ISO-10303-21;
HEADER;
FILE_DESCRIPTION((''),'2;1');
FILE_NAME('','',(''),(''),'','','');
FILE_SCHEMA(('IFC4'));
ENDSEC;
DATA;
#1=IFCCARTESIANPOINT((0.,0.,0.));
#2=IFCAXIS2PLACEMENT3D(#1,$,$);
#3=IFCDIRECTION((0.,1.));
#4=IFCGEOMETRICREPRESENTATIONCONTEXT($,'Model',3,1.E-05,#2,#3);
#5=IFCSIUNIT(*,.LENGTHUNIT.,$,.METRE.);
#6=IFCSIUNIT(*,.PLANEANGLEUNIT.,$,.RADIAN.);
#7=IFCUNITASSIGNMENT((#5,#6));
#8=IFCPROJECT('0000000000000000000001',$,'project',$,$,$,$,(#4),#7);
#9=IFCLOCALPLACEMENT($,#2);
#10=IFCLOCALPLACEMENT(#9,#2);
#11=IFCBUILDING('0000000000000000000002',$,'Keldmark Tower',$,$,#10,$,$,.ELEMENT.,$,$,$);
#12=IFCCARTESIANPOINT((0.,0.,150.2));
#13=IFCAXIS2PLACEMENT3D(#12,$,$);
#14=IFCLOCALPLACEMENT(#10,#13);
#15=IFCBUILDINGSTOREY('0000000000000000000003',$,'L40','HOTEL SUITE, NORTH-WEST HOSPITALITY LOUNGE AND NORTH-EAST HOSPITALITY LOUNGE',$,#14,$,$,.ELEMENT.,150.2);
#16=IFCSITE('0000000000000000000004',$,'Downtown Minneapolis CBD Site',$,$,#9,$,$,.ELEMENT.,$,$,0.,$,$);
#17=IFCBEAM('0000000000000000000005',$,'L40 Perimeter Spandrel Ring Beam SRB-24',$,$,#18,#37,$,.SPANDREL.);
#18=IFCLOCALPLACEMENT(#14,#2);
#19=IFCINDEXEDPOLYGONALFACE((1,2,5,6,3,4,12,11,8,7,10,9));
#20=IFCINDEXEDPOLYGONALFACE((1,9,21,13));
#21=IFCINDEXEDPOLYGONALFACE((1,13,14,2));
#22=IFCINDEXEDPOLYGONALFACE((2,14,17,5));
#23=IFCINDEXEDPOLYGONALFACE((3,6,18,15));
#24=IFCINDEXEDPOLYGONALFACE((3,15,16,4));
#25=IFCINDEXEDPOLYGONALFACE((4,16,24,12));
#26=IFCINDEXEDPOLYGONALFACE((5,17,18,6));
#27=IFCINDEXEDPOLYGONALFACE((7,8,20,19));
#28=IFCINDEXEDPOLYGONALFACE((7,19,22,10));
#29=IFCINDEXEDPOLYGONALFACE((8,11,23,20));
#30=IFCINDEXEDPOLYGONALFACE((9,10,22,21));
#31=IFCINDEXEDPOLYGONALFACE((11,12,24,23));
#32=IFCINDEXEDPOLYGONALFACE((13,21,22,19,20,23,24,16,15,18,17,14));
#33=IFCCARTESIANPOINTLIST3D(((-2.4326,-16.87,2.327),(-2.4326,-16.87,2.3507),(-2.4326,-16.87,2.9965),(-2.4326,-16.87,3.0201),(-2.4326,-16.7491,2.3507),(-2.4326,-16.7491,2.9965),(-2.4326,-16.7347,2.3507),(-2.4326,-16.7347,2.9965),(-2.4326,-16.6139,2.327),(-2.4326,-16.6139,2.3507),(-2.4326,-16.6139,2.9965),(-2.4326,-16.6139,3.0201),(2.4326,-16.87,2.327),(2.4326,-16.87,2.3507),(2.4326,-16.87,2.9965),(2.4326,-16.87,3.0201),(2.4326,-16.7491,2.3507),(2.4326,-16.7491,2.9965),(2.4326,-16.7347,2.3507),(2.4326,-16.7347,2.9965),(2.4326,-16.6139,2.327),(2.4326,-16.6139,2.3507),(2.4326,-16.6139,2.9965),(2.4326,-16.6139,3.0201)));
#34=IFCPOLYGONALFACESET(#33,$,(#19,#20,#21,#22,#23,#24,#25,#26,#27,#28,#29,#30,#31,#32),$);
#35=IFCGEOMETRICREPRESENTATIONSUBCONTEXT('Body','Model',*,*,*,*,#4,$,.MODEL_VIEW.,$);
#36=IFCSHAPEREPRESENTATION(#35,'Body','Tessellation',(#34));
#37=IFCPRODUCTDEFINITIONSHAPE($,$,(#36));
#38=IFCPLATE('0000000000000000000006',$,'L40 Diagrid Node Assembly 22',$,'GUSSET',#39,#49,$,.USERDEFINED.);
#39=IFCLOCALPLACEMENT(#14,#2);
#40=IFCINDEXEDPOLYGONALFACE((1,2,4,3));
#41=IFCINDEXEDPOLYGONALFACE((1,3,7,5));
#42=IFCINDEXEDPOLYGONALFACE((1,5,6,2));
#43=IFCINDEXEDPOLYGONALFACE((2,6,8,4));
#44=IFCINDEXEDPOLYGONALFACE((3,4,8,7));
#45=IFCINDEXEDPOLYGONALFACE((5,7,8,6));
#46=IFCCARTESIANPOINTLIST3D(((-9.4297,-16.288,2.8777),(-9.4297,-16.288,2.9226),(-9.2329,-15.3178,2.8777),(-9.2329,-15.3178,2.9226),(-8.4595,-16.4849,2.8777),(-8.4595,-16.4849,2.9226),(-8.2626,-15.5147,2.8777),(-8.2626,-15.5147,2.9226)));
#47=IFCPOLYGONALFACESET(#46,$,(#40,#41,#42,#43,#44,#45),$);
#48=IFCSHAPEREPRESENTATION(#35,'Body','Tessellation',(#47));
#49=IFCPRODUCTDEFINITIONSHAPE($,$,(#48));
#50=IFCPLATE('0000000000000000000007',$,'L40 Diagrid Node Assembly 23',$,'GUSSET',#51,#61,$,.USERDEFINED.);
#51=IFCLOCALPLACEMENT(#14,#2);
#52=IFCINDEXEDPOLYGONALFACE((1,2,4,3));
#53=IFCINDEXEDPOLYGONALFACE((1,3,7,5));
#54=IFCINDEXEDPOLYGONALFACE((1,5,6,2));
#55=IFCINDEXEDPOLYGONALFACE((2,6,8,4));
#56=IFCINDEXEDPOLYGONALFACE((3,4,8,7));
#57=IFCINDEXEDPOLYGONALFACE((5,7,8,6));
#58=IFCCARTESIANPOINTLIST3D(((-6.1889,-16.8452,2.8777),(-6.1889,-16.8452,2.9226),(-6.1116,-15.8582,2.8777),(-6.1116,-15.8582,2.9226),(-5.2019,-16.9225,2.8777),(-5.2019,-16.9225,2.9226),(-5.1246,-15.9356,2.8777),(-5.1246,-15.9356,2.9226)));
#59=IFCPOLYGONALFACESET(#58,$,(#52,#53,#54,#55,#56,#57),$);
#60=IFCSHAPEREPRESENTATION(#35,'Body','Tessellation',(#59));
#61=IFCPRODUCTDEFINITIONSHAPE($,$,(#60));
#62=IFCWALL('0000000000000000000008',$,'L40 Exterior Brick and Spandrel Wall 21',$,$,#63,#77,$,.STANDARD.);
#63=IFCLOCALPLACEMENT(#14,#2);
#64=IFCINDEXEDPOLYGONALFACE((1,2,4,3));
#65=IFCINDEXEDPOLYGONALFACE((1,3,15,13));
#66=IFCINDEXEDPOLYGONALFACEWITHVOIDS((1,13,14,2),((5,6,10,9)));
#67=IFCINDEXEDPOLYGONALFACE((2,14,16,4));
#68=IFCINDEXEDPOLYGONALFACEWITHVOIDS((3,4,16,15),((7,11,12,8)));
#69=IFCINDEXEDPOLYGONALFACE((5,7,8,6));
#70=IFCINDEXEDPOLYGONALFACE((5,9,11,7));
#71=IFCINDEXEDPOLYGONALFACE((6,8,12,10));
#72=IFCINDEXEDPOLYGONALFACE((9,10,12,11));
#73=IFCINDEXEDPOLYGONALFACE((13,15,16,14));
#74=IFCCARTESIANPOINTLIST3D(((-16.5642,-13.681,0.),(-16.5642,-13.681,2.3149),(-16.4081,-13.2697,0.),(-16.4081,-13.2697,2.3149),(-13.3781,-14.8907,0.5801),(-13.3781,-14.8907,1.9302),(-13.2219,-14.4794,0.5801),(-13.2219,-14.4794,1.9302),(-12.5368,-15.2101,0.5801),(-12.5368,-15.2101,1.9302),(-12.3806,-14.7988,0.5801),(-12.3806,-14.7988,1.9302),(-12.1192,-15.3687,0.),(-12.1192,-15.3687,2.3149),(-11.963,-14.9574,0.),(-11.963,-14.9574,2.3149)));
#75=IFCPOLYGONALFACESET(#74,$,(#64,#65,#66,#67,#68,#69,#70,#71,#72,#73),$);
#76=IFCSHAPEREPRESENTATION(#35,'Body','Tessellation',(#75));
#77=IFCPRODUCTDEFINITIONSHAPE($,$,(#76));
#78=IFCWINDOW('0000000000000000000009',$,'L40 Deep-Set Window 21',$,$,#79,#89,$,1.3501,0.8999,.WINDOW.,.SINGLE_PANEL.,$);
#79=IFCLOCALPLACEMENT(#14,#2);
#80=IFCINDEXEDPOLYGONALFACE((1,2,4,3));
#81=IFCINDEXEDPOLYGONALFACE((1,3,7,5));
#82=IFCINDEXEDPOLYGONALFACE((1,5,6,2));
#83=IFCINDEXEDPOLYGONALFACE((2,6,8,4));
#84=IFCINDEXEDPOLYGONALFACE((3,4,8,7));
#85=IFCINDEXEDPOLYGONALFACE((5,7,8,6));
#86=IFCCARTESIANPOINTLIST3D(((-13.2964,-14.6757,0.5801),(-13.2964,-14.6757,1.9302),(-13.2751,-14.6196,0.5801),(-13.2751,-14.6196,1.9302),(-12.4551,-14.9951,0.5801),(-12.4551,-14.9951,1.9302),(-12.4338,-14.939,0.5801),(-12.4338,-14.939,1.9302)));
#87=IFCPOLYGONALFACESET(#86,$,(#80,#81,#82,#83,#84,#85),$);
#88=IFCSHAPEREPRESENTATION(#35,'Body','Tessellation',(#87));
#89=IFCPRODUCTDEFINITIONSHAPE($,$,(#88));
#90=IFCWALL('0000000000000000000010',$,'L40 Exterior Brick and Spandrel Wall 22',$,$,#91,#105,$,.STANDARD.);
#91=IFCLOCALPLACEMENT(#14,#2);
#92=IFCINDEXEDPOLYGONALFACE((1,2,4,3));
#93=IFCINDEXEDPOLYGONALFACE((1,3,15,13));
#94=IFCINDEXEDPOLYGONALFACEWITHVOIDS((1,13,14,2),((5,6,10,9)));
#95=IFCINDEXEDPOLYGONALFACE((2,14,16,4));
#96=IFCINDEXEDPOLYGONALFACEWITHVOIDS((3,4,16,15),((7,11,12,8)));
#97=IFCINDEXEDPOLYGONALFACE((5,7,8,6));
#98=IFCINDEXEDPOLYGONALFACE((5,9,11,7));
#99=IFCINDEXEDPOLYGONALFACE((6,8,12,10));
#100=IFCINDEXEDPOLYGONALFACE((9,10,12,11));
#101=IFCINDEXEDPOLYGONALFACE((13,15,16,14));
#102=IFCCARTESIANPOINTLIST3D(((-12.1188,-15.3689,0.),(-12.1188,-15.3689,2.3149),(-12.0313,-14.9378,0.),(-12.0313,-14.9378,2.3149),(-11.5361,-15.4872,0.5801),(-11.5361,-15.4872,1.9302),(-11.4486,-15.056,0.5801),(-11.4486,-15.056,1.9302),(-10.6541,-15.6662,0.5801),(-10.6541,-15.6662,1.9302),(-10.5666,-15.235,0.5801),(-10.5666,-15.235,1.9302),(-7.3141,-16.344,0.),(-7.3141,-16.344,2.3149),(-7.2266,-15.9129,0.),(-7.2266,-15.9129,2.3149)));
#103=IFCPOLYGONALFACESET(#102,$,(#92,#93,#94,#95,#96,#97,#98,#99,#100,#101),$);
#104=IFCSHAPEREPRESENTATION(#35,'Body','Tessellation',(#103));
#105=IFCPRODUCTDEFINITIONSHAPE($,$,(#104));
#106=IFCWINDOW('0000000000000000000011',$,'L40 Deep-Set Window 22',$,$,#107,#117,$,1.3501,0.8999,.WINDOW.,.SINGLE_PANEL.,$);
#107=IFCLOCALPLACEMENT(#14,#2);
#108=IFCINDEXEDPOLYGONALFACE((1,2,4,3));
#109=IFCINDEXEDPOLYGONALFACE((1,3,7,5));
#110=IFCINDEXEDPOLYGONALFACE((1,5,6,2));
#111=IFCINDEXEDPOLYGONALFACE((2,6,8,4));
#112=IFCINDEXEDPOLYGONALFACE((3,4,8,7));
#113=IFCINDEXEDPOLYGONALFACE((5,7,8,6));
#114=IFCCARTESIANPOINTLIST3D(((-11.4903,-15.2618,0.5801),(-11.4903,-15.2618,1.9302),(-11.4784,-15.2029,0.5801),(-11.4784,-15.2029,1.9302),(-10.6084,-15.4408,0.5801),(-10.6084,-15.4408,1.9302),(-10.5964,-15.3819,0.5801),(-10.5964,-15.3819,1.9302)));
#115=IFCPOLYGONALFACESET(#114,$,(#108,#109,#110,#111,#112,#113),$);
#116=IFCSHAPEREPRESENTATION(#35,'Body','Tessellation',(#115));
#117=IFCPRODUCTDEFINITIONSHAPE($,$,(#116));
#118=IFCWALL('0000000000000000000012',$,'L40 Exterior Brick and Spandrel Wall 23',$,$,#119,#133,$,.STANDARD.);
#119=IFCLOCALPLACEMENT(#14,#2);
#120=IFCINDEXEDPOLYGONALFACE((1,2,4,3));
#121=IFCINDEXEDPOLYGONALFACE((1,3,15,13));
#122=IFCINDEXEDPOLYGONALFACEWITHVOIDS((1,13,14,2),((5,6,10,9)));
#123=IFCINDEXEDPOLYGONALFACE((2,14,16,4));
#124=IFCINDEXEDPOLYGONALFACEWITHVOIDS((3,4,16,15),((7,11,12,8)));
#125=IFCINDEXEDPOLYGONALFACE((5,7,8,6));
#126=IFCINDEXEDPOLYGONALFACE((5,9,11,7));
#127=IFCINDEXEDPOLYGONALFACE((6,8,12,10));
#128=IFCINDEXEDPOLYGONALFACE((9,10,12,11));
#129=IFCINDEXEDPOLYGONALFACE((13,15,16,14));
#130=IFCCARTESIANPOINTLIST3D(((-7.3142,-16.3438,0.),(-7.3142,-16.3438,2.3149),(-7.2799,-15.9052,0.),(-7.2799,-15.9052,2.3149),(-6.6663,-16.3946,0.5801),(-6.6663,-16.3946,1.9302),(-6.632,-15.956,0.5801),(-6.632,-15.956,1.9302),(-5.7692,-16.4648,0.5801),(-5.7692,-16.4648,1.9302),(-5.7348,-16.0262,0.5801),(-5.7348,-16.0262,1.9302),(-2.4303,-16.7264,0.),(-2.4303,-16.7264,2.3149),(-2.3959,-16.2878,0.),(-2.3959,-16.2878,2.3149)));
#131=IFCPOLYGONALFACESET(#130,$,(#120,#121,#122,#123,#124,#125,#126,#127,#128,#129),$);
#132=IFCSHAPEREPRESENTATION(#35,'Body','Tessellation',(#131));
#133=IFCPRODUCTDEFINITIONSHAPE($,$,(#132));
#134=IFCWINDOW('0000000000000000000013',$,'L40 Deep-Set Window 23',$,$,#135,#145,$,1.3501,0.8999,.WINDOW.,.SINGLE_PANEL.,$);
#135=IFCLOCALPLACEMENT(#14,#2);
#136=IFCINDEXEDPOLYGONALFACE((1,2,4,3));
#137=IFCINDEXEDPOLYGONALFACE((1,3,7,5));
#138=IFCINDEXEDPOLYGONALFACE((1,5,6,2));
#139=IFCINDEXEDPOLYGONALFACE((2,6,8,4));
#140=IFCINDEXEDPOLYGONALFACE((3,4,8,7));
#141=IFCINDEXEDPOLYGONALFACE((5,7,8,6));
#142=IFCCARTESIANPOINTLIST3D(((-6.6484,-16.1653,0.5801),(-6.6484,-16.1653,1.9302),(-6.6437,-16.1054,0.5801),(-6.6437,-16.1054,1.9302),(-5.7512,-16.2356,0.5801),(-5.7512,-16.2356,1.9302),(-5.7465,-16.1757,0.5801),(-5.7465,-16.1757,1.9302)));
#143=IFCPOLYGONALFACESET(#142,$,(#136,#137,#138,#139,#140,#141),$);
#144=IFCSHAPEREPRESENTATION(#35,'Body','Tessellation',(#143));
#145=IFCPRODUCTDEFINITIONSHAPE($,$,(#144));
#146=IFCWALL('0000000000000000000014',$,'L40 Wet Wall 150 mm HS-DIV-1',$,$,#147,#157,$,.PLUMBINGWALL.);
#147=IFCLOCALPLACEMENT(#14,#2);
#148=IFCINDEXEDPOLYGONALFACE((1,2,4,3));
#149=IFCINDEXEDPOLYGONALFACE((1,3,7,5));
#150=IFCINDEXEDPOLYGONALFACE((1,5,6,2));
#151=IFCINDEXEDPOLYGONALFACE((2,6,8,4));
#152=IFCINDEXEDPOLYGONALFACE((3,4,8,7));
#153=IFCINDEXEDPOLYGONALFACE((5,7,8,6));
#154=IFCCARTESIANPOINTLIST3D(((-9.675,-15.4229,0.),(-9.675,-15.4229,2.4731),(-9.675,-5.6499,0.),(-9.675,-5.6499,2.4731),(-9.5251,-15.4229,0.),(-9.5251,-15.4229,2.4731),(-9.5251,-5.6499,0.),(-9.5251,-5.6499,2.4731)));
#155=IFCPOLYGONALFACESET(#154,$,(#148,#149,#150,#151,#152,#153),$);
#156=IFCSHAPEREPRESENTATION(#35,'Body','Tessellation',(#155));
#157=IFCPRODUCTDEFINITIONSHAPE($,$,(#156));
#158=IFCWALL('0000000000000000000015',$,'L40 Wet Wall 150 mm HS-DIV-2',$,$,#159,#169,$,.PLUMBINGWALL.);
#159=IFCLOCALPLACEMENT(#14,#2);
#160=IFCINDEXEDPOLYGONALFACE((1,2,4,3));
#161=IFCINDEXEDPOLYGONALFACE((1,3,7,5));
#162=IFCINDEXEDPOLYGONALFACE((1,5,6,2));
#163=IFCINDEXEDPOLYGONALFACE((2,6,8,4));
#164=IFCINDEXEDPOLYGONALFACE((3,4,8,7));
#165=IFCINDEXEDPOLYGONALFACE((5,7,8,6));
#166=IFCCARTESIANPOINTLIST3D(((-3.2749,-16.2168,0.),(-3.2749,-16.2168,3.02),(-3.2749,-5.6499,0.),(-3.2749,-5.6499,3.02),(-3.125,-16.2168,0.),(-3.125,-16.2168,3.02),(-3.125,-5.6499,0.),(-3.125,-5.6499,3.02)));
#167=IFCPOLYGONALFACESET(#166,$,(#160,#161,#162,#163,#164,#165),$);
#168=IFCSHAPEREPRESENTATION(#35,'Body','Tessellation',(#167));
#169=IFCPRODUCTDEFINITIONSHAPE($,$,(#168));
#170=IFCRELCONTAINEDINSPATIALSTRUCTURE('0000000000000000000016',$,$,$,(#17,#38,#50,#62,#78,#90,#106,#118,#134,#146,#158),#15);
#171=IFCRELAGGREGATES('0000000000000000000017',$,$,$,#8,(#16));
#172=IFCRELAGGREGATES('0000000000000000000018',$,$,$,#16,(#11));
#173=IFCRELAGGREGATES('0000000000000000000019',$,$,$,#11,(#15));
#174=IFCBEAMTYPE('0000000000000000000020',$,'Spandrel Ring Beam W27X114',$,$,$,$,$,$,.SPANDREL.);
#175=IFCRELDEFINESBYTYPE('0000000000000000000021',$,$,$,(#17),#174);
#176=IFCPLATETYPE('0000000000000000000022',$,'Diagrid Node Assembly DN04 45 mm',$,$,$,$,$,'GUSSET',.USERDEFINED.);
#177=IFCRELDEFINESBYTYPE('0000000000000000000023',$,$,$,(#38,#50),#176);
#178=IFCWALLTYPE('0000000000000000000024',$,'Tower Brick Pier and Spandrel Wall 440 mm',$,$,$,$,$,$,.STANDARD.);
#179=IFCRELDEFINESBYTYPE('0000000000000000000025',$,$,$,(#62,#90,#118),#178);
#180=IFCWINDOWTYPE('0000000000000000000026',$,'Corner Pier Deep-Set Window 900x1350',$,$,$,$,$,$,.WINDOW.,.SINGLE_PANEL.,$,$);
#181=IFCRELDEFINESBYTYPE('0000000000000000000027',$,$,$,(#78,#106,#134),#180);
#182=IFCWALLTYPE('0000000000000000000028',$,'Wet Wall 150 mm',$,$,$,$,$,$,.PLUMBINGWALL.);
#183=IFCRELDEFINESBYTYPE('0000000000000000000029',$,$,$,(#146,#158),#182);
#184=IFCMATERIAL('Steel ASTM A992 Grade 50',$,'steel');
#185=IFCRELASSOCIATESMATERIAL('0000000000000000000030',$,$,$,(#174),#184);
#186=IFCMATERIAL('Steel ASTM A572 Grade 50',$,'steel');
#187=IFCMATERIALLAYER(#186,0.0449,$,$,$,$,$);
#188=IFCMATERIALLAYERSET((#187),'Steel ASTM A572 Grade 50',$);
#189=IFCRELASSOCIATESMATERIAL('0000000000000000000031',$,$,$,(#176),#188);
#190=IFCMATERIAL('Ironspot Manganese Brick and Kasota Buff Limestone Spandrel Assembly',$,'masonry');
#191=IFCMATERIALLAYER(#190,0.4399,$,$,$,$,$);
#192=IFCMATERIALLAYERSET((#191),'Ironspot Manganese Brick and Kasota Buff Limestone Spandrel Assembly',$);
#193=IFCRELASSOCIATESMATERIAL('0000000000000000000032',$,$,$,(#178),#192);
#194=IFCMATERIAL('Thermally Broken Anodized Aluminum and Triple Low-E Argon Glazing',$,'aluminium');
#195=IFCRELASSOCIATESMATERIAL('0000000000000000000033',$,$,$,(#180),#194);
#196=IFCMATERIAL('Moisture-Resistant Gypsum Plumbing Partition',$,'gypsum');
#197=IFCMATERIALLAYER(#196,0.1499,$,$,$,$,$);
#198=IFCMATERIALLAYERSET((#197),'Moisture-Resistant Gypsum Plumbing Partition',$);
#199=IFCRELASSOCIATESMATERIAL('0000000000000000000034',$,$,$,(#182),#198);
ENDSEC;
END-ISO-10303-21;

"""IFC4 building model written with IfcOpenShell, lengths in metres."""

from ifc_helpers import new_model, si_unit, direction, frame, frame_2d, origin, origin_2d, place, context, subcontext, project, spatial, rectangle, i_section, extrude, material, layer, layer_set, material_profile, profile_set, type_object, element, fill, save


model = new_model("IFC4")

# Units and contexts
model_context = context("Model", 3, precision=1e-05, world=origin(), true_north=direction((0.0, 1.0)))
body_context = subcontext(model_context, "Body", "Model", "MODEL_VIEW")
ifc_project = project(units=[si_unit("LENGTHUNIT", "METRE"), si_unit("PLANEANGLEUNIT", "RADIAN")], contexts=[model_context])

# Site, building, storey
site_placement = place(None, origin())
site = spatial("IfcSite", under=ifc_project, at=site_placement, Name="Downtown Minneapolis CBD Site", CompositionType="ELEMENT", RefElevation=0.0)
building_placement = place(site_placement, origin())
building = spatial("IfcBuilding", under=site, at=building_placement, Name="Keldmark Tower", CompositionType="ELEMENT")
storey_placement = place(building_placement, frame((0.0, 0.0, 150.2)))
storey = spatial("IfcBuildingStorey", under=building, at=storey_placement, Name="L40", Description="HOTEL SUITE, NORTH-WEST HOSPITALITY LOUNGE AND NORTH-EAST HOSPITALITY LOUNGE", CompositionType="ELEMENT", Elevation=150.2)

# Beam
ifc_material_1 = material(Name="Steel ASTM A992 Grade 50", Category="steel")
ifc_material_profile_1 = material_profile(ifc_material_1, i_section(OverallWidth=0.2561, OverallDepth=0.6931, WebThickness=0.0144, FlangeThickness=0.0237, at=origin_2d()), Name="W27X114")
ifc_profile_set_1 = profile_set([ifc_material_profile_1], Name="Steel ASTM A992 Grade 50")
beam_type_1 = type_object("IfcBeamType", Name="Spandrel Ring Beam W27X114", PredefinedType="SPANDREL", material=ifc_profile_set_1)
beam_1_placement = place(storey_placement, frame((-2.4326, -16.7419, 2.6736), z_axis=(1.0, 0.0, 0.0), x_axis=(0.0, 1.0, 0.0)))
element("IfcBeam", 1, at=beam_1_placement, inside=storey, type_object=beam_type_1, Name="L40 Perimeter Spandrel Ring Beam SRB-24", PredefinedType="SPANDREL", context=body_context, shape_type="SweptSolid", body=[
    extrude(i_section(OverallWidth=0.2561, OverallDepth=0.6931, WebThickness=0.0144, FlangeThickness=0.0237, at=origin_2d()), origin(), (0.0, 0.0, 1.0), 4.8652),
])

# Plates
ifc_material_2 = material(Name="Steel ASTM A572 Grade 50", Category="steel")
ifc_layer_1 = layer(ifc_material_2, 0.0449)
ifc_layer_set_1 = layer_set([ifc_layer_1], Name="Steel ASTM A572 Grade 50")
plate_type = type_object("IfcPlateType", Name="Diagrid Node Assembly DN04 45 mm", ElementType="GUSSET", PredefinedType="USERDEFINED", material=ifc_layer_set_1)
for number, where, z_axis, x_axis, name in (
    (2, (-8.8462, -15.9014, 2.8777), (0.0, 0.0, 1.0), (0.980029, -0.198855, 0.0), "L40 Diagrid Node Assembly 22"),
    (3, (-5.6567, -16.3904, 2.8777), (0.0, 0.0, 1.0), (0.996945, -0.078111, 0.0), "L40 Diagrid Node Assembly 23"),
):
    element("IfcPlate", number, at=place(storey_placement, frame(where, z_axis=z_axis, x_axis=x_axis)), inside=storey, type_object=plate_type, Name=name, ObjectType="GUSSET", PredefinedType="USERDEFINED", context=body_context, shape_type="SweptSolid", body=[
        extrude(rectangle(XDim=0.99, YDim=0.99, at=origin_2d()), origin(), (0.0, 0.0, 1.0), 0.0449),
    ])

# Walls, openings, windows
ifc_material_3 = material(Name="Ironspot Manganese Brick and Kasota Buff Limestone Spandrel Assembly", Category="masonry")
ifc_layer_2 = layer(ifc_material_3, 0.4399)
ifc_layer_set_2 = layer_set([ifc_layer_2], Name="Ironspot Manganese Brick and Kasota Buff Limestone Spandrel Assembly")
wall_type_1 = type_object("IfcWallType", Name="Tower Brick Pier and Spandrel Wall 440 mm", PredefinedType="STANDARD", material=ifc_layer_set_2)
wall_1_placement = place(storey_placement, frame((-12.041, -15.1631, 0.0), z_axis=(0.0, 0.0, 1.0), x_axis=(-0.93488, 0.354964, 0.0)))
wall_1 = element("IfcWall", 4, at=wall_1_placement, inside=storey, type_object=wall_type_1, Name="L40 Exterior Brick and Spandrel Wall 21", PredefinedType="STANDARD", context=body_context, shape_type="SweptSolid", body=[
    extrude(rectangle(XDim=4.7546, YDim=0.4399, at=frame_2d((2.3774, 0.0))), origin(), (0.0, 0.0, 1.0), 2.3149),
])
opening_1_placement = place(wall_1_placement, frame((0.4468, 0.0, 0.5801)))
opening_1 = element("IfcOpeningElement", 5, at=opening_1_placement, cuts=wall_1, PredefinedType="OPENING", context=body_context, shape_type="SweptSolid", body=[
    extrude(rectangle(XDim=0.8999, YDim=1.3501, at=frame_2d((0.45, 0.675))), frame((0.0, 0.23, 0.0), z_axis=(0.0, -1.0, 0.0), x_axis=(1.0, 0.0, 0.0)), (0.0, 0.0, 1.0), 0.46),
])
ifc_material_4 = material(Name="Thermally Broken Anodized Aluminum and Triple Low-E Argon Glazing", Category="aluminium")
window_type = type_object("IfcWindowType", Name="Corner Pier Deep-Set Window 900x1350", PartitioningType="SINGLE_PANEL", PredefinedType="WINDOW", material=ifc_material_4)
window_1_placement = place(opening_1_placement, origin())
window_1 = element("IfcWindow", 6, at=window_1_placement, inside=storey, type_object=window_type, Name="L40 Deep-Set Window 21", OverallHeight=1.3501, OverallWidth=0.8999, PartitioningType="SINGLE_PANEL", PredefinedType="WINDOW", context=body_context, shape_type="SweptSolid", body=[
    extrude(rectangle(XDim=0.8999, YDim=1.3501, at=frame_2d((0.45, 0.675))), frame((0.0, -0.01, 0.0), z_axis=(0.0, -1.0, 0.0), x_axis=(1.0, 0.0, 0.0)), (0.0, 0.0, 1.0), 0.0601),
])
fill(opening_1, window_1)
wall_2_placement = place(storey_placement, frame((-7.2705, -16.1284, 0.0), z_axis=(0.0, 0.0, 1.0), x_axis=(-0.980021, 0.198893, 0.0)))
wall_2 = element("IfcWall", 7, at=wall_2_placement, inside=storey, type_object=wall_type_1, Name="L40 Exterior Brick and Spandrel Wall 22", PredefinedType="STANDARD", context=body_context, shape_type="SweptSolid", body=[
    extrude(rectangle(XDim=4.9026, YDim=0.4399, at=frame_2d((2.4512, 0.0))), origin(), (0.0, 0.0, 1.0), 2.3149),
])
opening_2_placement = place(wall_2_placement, frame((3.408, 0.0, 0.5801)))
opening_2 = element("IfcOpeningElement", 8, at=opening_2_placement, cuts=wall_2, PredefinedType="OPENING", context=body_context, shape_type="SweptSolid", body=[
    extrude(rectangle(XDim=0.8999, YDim=1.3501, at=frame_2d((0.45, 0.675))), frame((0.0, 0.23, 0.0), z_axis=(0.0, -1.0, 0.0), x_axis=(1.0, 0.0, 0.0)), (0.0, 0.0, 1.0), 0.46),
])
window_2_placement = place(opening_2_placement, origin())
window_2 = element("IfcWindow", 9, at=window_2_placement, inside=storey, type_object=window_type, Name="L40 Deep-Set Window 22", OverallHeight=1.3501, OverallWidth=0.8999, PartitioningType="SINGLE_PANEL", PredefinedType="WINDOW", context=body_context, shape_type="SweptSolid", body=[
    extrude(rectangle(XDim=0.8999, YDim=1.3501, at=frame_2d((0.45, 0.675))), frame((0.0, -0.01, 0.0), z_axis=(0.0, -1.0, 0.0), x_axis=(1.0, 0.0, 0.0)), (0.0, 0.0, 1.0), 0.0601),
])
fill(opening_2, window_2)
wall_3_placement = place(storey_placement, frame((-2.4131, -16.5071, 0.0), z_axis=(0.0, 0.0, 1.0), x_axis=(-0.996946, 0.078091, 0.0)))
wall_3 = element("IfcWall", 10, at=wall_3_placement, inside=storey, type_object=wall_type_1, Name="L40 Exterior Brick and Spandrel Wall 23", PredefinedType="STANDARD", context=body_context, shape_type="SweptSolid", body=[
    extrude(rectangle(XDim=4.8989, YDim=0.4399, at=frame_2d((2.4495, 0.0))), origin(), (0.0, 0.0, 1.0), 2.3149),
])
opening_3_placement = place(wall_3_placement, frame((3.3491, 0.0, 0.5801)))
opening_3 = element("IfcOpeningElement", 11, at=opening_3_placement, cuts=wall_3, PredefinedType="OPENING", context=body_context, shape_type="SweptSolid", body=[
    extrude(rectangle(XDim=0.8999, YDim=1.3501, at=frame_2d((0.45, 0.675))), frame((0.0, 0.23, 0.0), z_axis=(0.0, -1.0, 0.0), x_axis=(1.0, 0.0, 0.0)), (0.0, 0.0, 1.0), 0.46),
])
window_3_placement = place(opening_3_placement, origin())
window_3 = element("IfcWindow", 12, at=window_3_placement, inside=storey, type_object=window_type, Name="L40 Deep-Set Window 23", OverallHeight=1.3501, OverallWidth=0.8999, PartitioningType="SINGLE_PANEL", PredefinedType="WINDOW", context=body_context, shape_type="SweptSolid", body=[
    extrude(rectangle(XDim=0.8999, YDim=1.3501, at=frame_2d((0.45, 0.675))), frame((0.0, -0.01, 0.0), z_axis=(0.0, -1.0, 0.0), x_axis=(1.0, 0.0, 0.0)), (0.0, 0.0, 1.0), 0.0601),
])
fill(opening_3, window_3)

# Walls
ifc_material_5 = material(Name="Moisture-Resistant Gypsum Plumbing Partition", Category="gypsum")
ifc_layer_3 = layer(ifc_material_5, 0.1499)
ifc_layer_set_3 = layer_set([ifc_layer_3], Name="Moisture-Resistant Gypsum Plumbing Partition")
wall_type_2 = type_object("IfcWallType", Name="Wet Wall 150 mm", PredefinedType="PLUMBINGWALL", material=ifc_layer_set_3)
wall_4_placement = place(storey_placement, frame((-9.6001, -15.4229, 0.0), z_axis=(0.0, 0.0, 1.0), x_axis=(0.0, 1.0, 0.0)))
element("IfcWall", 13, at=wall_4_placement, inside=storey, type_object=wall_type_2, Name="L40 Wet Wall 150 mm HS-DIV-1", PredefinedType="PLUMBINGWALL", context=body_context, shape_type="SweptSolid", body=[
    extrude(rectangle(XDim=9.7729, YDim=0.1499, at=frame_2d((4.8865, 0.0))), origin(), (0.0, 0.0, 1.0), 2.4731),
])
wall_5_placement = place(storey_placement, frame((-3.2, -16.2168, 0.0), z_axis=(0.0, 0.0, 1.0), x_axis=(0.0, 1.0, 0.0)))
element("IfcWall", 14, at=wall_5_placement, inside=storey, type_object=wall_type_2, Name="L40 Wet Wall 150 mm HS-DIV-2", PredefinedType="PLUMBINGWALL", context=body_context, shape_type="SweptSolid", body=[
    extrude(rectangle(XDim=10.5669, YDim=0.1499, at=frame_2d((5.2834, 0.0))), origin(), (0.0, 0.0, 1.0), 3.02),
])

save(model, "model.ifc")
